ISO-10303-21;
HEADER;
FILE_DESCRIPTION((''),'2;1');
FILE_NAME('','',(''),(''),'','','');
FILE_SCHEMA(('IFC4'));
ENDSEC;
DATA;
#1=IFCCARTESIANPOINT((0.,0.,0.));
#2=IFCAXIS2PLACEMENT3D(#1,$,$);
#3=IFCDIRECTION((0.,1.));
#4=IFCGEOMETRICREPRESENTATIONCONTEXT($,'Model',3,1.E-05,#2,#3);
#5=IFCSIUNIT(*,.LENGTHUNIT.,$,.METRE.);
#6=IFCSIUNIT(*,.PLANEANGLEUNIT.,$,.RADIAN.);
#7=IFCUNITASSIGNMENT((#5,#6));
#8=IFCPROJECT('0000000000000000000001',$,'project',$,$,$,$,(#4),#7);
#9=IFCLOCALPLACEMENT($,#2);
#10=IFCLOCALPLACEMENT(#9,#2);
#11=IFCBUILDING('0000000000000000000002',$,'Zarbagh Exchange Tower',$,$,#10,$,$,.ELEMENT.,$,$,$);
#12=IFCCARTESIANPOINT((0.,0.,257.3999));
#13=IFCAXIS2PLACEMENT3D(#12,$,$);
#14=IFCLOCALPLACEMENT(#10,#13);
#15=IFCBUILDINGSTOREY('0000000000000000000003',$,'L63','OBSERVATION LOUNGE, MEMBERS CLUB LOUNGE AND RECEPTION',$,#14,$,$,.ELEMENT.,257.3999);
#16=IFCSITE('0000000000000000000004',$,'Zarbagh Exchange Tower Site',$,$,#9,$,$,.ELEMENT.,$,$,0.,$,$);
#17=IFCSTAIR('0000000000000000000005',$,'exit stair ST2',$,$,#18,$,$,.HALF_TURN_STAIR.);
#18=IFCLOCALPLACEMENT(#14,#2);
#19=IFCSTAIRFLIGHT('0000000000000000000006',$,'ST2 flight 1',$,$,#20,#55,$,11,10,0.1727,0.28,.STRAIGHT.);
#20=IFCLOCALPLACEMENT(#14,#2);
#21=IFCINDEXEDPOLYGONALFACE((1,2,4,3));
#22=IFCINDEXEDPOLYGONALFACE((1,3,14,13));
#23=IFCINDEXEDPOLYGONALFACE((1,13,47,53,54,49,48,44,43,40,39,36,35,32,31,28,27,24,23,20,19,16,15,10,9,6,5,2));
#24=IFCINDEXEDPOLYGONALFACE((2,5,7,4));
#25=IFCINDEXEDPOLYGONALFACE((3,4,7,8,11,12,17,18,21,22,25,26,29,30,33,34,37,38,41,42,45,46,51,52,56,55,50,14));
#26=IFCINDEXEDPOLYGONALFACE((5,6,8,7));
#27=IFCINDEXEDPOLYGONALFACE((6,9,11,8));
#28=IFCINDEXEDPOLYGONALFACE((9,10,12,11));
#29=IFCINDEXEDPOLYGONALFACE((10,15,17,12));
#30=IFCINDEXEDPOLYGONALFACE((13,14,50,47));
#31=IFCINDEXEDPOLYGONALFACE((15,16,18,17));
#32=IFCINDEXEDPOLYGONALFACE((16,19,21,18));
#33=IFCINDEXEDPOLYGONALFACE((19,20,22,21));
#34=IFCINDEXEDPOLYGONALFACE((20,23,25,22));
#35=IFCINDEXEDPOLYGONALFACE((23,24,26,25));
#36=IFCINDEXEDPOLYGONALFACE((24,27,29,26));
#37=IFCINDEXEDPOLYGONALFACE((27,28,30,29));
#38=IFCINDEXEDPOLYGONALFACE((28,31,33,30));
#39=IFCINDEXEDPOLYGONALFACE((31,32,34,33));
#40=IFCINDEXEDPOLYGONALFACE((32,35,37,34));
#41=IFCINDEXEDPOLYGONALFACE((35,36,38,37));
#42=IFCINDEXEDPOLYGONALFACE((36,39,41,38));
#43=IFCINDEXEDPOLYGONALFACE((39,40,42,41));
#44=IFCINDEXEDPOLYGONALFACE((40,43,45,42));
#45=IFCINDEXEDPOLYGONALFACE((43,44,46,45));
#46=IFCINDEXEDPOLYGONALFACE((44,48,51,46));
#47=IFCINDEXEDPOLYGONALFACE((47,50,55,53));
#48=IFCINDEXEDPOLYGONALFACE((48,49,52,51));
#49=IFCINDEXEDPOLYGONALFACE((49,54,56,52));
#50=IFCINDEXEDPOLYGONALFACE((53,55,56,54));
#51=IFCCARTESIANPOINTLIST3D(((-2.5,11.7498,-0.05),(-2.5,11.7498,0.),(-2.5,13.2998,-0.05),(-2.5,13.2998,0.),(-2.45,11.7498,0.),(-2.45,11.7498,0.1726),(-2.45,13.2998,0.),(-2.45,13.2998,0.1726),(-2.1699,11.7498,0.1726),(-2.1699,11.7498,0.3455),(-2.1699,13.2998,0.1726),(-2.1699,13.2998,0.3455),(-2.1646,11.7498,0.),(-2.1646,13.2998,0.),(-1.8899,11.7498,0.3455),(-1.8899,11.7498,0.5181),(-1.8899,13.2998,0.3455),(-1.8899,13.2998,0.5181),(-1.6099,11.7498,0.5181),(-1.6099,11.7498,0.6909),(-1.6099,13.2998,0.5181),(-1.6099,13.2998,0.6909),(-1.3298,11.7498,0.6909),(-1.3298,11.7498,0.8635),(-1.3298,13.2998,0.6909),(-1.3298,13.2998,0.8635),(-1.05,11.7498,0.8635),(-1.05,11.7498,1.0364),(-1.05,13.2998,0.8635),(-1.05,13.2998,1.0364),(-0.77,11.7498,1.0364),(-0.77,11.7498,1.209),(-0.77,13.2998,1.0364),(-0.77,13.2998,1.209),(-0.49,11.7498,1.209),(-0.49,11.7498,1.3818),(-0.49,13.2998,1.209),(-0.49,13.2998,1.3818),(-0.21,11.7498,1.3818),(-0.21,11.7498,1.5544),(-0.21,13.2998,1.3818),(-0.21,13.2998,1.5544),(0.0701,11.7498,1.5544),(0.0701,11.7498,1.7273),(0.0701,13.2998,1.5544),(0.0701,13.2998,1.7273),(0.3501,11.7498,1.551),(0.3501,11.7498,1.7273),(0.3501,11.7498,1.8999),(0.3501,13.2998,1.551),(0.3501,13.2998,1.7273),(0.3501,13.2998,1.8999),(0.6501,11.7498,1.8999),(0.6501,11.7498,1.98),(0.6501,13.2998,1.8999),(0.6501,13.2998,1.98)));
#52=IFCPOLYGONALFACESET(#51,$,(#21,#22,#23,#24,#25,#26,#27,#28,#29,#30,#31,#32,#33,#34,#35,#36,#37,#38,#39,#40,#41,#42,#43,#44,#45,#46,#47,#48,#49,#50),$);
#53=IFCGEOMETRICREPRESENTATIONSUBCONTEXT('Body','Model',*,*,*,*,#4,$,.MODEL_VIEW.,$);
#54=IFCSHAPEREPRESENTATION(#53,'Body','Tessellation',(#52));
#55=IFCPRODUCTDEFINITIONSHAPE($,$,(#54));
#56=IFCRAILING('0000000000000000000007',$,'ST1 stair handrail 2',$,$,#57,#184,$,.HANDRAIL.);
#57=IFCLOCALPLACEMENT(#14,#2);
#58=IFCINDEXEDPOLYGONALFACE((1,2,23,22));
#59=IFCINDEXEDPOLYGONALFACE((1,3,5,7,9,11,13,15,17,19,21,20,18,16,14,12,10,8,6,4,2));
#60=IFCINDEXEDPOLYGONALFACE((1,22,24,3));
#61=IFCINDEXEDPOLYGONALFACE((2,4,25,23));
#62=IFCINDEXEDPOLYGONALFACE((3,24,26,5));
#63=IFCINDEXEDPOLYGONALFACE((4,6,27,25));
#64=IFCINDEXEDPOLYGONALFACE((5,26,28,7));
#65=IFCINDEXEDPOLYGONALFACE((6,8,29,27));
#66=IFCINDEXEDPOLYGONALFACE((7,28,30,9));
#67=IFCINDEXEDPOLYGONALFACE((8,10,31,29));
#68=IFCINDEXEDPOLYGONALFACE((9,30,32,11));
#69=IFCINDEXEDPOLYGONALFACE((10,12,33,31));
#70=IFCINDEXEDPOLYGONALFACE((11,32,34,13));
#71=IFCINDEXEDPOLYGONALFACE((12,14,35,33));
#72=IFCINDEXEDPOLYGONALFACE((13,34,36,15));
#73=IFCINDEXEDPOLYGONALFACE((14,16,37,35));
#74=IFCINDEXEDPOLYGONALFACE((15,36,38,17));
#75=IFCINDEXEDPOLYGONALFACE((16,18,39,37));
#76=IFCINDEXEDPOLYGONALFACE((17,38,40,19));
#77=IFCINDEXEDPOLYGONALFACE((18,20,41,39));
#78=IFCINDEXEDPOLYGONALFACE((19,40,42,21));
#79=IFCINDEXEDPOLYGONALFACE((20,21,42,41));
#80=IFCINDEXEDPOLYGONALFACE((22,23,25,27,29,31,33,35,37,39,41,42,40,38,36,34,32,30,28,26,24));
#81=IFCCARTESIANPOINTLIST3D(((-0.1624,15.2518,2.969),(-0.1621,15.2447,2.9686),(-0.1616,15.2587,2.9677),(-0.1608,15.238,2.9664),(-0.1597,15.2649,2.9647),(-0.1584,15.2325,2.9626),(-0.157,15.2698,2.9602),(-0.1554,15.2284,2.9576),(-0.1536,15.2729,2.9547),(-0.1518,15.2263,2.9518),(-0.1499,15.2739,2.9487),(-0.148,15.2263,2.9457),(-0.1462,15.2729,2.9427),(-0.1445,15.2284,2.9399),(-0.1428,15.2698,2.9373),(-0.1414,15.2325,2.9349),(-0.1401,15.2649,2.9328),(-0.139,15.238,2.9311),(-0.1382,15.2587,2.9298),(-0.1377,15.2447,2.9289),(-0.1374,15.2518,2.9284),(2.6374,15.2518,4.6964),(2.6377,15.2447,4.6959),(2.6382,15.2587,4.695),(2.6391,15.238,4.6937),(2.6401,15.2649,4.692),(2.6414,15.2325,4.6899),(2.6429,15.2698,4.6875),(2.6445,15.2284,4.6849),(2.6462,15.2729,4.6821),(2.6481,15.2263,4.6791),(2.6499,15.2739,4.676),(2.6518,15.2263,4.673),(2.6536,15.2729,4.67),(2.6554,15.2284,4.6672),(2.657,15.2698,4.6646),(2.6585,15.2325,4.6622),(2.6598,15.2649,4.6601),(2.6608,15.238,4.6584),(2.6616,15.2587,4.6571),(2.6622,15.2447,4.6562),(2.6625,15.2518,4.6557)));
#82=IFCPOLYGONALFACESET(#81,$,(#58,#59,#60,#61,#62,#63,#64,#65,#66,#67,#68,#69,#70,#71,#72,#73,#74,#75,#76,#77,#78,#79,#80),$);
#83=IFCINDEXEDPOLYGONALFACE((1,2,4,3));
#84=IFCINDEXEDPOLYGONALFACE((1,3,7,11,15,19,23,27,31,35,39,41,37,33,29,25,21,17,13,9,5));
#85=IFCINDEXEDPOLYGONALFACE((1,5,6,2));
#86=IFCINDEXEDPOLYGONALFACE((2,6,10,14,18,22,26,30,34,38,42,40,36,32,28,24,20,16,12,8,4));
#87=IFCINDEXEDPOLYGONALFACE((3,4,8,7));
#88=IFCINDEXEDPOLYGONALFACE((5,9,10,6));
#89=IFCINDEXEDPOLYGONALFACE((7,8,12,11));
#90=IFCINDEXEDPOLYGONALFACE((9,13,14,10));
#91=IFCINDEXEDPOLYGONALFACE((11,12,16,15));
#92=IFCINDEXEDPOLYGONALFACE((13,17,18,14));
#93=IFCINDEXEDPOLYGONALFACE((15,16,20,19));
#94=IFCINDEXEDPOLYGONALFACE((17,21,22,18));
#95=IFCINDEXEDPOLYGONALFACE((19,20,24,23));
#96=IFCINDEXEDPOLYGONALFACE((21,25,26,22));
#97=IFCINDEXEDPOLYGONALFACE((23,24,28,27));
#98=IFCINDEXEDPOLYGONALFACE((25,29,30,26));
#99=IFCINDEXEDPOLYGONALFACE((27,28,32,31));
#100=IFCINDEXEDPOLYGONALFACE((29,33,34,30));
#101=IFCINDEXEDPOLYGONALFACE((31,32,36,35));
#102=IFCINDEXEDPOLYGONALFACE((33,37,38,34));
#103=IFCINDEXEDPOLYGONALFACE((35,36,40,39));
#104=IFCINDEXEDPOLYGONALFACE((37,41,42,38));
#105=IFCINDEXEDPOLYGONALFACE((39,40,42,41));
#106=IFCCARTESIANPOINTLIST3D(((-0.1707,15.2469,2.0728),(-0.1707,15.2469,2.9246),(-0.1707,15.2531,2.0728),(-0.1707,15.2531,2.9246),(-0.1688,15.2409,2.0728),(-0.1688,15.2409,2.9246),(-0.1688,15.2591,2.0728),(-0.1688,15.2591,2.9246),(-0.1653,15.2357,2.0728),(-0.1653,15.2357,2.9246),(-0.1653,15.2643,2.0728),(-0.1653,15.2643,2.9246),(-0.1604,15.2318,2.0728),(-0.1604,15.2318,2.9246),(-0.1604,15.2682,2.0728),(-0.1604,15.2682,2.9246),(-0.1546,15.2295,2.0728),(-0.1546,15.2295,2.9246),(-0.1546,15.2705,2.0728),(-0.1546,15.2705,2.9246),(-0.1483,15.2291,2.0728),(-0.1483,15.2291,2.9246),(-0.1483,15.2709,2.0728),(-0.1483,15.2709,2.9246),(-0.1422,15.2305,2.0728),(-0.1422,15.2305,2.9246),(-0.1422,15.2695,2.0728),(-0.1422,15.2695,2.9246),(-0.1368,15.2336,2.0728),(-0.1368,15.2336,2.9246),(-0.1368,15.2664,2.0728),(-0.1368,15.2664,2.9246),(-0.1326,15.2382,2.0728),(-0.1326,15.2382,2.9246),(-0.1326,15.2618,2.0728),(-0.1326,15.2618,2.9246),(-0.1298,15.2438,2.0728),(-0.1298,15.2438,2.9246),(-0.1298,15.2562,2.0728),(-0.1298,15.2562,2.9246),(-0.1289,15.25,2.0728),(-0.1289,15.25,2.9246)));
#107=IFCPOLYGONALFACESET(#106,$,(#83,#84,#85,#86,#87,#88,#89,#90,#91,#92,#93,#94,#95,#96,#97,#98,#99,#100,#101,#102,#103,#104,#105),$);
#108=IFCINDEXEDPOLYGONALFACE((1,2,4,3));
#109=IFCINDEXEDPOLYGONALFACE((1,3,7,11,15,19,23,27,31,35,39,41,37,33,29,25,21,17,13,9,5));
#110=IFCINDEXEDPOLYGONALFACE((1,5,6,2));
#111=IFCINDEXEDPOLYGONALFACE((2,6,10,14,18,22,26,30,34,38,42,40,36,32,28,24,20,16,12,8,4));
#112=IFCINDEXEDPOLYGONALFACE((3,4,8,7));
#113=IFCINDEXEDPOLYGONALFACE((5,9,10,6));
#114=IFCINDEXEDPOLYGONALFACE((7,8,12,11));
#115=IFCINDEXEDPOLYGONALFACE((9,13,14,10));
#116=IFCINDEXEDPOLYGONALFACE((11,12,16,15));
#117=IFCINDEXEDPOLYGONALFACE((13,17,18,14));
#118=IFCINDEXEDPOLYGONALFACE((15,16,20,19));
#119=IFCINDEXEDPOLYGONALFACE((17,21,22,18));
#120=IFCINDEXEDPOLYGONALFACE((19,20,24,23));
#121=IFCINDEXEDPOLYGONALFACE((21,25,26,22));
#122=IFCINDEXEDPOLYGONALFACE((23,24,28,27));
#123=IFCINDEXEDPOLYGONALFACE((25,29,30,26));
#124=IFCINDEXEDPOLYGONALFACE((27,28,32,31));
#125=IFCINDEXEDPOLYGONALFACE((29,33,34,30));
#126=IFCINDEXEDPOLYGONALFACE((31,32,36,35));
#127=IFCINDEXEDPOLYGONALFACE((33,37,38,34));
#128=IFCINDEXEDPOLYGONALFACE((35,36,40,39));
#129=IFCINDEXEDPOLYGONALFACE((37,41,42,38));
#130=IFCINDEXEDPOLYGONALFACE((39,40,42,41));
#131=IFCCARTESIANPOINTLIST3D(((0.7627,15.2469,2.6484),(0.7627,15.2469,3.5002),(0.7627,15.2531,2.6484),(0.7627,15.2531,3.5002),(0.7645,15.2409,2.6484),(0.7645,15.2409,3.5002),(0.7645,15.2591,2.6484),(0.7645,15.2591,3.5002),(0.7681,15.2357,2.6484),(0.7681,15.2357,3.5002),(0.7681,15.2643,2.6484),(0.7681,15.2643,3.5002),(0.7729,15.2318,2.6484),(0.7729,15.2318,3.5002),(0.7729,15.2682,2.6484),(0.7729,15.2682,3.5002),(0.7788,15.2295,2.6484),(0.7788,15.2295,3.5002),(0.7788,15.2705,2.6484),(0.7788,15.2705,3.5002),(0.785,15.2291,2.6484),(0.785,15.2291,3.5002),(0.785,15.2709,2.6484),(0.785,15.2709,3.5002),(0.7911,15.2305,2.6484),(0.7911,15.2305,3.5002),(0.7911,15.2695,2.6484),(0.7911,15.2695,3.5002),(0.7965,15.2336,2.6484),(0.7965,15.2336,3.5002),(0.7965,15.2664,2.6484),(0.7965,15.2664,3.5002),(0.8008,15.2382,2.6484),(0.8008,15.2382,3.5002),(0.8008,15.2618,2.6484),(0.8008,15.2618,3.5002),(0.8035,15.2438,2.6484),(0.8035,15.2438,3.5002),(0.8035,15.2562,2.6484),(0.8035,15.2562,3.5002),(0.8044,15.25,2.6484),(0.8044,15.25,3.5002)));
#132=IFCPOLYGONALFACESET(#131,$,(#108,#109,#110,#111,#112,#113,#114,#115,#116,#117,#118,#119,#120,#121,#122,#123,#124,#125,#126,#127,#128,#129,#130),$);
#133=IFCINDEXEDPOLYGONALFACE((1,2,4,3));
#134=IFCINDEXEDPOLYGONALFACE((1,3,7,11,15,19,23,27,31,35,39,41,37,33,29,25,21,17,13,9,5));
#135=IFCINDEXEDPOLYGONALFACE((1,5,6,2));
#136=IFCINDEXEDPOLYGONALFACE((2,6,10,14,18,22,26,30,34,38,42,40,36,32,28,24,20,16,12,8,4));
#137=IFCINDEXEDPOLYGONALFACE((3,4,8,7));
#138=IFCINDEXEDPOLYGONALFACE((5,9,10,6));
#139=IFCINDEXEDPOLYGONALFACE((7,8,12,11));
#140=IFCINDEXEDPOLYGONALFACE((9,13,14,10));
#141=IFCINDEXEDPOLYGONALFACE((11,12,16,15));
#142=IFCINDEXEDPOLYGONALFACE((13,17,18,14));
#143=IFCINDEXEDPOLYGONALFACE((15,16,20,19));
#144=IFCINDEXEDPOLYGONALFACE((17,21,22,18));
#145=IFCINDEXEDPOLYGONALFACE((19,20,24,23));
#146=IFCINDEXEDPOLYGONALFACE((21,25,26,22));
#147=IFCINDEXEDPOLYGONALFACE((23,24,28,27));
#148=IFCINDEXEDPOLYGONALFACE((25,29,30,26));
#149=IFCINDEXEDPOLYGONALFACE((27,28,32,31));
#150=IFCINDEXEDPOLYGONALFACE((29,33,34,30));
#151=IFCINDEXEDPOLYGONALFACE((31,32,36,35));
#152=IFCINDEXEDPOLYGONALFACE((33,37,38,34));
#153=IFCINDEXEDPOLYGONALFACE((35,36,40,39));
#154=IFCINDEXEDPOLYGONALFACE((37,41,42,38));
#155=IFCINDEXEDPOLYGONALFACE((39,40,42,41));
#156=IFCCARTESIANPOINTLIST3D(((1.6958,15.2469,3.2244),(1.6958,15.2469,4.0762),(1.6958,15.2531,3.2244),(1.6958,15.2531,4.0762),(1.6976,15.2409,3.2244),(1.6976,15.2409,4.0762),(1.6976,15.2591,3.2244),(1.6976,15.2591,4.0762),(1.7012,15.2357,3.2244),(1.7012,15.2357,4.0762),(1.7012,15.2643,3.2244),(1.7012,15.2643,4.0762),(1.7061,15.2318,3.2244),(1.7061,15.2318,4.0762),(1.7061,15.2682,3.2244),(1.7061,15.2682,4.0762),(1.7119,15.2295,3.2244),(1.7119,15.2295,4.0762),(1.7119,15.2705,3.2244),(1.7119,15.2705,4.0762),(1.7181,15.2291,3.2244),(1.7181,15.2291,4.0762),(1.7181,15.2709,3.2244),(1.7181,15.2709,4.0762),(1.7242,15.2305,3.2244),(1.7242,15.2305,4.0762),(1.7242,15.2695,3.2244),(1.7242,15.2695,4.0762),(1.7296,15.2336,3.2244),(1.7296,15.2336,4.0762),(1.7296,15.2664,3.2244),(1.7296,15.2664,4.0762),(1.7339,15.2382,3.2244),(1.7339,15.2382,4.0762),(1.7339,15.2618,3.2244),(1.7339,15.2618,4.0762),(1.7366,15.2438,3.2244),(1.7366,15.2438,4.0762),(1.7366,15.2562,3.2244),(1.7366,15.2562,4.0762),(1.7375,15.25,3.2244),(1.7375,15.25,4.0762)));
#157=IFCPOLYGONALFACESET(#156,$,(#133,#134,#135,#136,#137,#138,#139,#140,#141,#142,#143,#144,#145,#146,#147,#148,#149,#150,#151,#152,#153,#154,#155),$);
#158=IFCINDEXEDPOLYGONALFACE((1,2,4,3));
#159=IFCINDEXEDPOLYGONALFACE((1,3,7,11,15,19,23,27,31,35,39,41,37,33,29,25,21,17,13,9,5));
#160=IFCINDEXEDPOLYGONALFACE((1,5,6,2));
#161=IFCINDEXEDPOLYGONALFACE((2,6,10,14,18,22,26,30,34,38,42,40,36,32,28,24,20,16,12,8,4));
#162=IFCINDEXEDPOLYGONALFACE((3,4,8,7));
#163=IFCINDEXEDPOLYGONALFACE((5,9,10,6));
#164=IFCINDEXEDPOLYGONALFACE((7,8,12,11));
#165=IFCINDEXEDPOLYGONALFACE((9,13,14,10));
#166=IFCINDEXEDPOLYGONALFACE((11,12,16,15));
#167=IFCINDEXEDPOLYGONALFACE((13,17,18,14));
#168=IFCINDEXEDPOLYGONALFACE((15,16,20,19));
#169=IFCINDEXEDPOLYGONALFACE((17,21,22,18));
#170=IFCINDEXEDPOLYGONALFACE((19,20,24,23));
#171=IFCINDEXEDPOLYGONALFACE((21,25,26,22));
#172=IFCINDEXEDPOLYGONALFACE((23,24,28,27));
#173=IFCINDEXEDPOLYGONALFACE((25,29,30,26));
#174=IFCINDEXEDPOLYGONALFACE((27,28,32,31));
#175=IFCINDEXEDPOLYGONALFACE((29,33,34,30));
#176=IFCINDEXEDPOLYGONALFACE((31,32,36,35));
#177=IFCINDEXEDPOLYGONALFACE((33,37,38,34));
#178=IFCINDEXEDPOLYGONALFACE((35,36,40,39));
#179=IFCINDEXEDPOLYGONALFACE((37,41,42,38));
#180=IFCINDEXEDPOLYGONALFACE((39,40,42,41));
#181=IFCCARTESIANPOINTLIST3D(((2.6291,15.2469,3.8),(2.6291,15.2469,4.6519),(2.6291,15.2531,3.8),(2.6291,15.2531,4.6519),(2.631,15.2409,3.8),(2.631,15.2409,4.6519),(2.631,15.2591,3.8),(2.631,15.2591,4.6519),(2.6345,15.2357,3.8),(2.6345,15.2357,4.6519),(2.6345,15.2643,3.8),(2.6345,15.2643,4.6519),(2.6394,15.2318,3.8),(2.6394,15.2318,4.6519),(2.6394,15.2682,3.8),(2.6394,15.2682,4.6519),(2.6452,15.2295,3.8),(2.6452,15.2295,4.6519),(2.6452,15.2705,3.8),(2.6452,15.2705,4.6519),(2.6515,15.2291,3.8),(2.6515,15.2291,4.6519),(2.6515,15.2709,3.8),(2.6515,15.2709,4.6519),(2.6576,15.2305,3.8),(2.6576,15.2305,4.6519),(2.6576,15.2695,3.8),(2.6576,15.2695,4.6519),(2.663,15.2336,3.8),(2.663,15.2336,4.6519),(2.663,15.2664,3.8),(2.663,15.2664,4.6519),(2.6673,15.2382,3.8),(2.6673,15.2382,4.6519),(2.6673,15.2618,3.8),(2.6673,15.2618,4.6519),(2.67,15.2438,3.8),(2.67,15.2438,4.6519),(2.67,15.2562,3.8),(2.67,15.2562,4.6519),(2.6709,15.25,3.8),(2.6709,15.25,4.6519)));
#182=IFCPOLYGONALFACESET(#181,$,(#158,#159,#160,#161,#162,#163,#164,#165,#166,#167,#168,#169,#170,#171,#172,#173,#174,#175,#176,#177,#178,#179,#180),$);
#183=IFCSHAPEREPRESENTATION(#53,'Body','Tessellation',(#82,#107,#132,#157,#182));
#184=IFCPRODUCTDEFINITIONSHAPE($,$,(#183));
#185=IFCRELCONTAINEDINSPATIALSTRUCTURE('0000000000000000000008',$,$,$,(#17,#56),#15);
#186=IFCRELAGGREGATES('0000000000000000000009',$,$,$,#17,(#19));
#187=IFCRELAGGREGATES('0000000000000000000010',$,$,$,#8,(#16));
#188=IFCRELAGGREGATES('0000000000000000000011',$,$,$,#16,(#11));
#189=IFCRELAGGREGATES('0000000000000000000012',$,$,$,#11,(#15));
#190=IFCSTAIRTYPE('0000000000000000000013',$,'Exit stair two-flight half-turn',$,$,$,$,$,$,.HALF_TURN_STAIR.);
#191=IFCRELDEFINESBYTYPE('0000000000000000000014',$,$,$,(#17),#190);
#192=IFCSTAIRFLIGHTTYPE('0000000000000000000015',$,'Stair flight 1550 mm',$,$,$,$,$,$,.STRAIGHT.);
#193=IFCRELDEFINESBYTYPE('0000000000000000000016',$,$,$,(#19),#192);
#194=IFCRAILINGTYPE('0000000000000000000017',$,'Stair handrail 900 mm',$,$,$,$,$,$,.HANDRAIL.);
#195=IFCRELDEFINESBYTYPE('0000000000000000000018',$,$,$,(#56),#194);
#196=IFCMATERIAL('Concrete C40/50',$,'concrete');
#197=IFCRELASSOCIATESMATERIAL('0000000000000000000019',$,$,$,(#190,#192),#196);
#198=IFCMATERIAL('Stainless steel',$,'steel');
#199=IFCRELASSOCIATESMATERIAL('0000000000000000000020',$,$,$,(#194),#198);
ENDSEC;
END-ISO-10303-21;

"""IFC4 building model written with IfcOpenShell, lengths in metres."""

from ifc_helpers import new_model, si_unit, direction, frame, origin, origin_2d, place, context, subcontext, project, spatial, polyline, circle, outline, extrude, material, type_object, element, aggregate, save


model = new_model("IFC4")

# Units and contexts
model_context = context("Model", 3, precision=1e-05, world=origin(), true_north=direction((0.0, 1.0)))
body_context = subcontext(model_context, "Body", "Model", "MODEL_VIEW")
ifc_project = project(units=[si_unit("LENGTHUNIT", "METRE"), si_unit("PLANEANGLEUNIT", "RADIAN")], contexts=[model_context])

# Site, building, storey
site_placement = place(None, origin())
site = spatial("IfcSite", under=ifc_project, at=site_placement, Name="Zarbagh Exchange Tower Site", CompositionType="ELEMENT", RefElevation=0.0)
building_placement = place(site_placement, origin())
building = spatial("IfcBuilding", under=site, at=building_placement, Name="Zarbagh Exchange Tower", CompositionType="ELEMENT")
storey_placement = place(building_placement, frame((0.0, 0.0, 257.3999)))
storey = spatial("IfcBuildingStorey", under=building, at=storey_placement, Name="L63", Description="OBSERVATION LOUNGE, MEMBERS CLUB LOUNGE AND RECEPTION", CompositionType="ELEMENT", Elevation=257.3999)

# Shared definitions
ifc_material_1 = material(Name="Concrete C40/50", Category="concrete")

# Stair, stair flight
stair_type = type_object("IfcStairType", Name="Exit stair two-flight half-turn", PredefinedType="HALF_TURN_STAIR", material=ifc_material_1)
stair_1_placement = place(storey_placement, origin())
stair_1 = element("IfcStair", 1, at=stair_1_placement, inside=storey, type_object=stair_type, Name="exit stair ST2", PredefinedType="HALF_TURN_STAIR")
stair_flight_type_1 = type_object("IfcStairFlightType", Name="Stair flight 1550 mm", PredefinedType="STRAIGHT", material=ifc_material_1)
stair_flight_1_placement = place(storey_placement, frame((-2.45, 12.5249, 0.0), z_axis=(0.0, 0.0, 1.0), x_axis=(1.0, 0.0, 0.0)))
stair_flight_1 = element("IfcStairFlight", 2, at=stair_flight_1_placement, type_object=stair_flight_type_1, Name="ST2 flight 1", NumberOfRisers=11, NumberOfTreads=10, PredefinedType="STRAIGHT", RiserHeight=0.1727, TreadLength=0.28, context=body_context, shape_type="SweptSolid", body=[
    extrude(outline(polyline([(-0.05, -0.05), (-0.05, 0.0), (0.0, 0.0), (0.0, 0.1726), (0.28, 0.1726), (0.28, 0.3455), (0.5601, 0.3455), (0.5601, 0.5181), (0.8401, 0.5181), (0.8401, 0.6909), (1.1201, 0.6909), (1.1201, 0.8635), (1.3999, 0.8635), (1.3999, 1.0364), (1.6799, 1.0364), (1.6799, 1.209), (1.96, 1.209), (1.96, 1.3818), (2.24, 1.3818), (2.24, 1.5544), (2.52, 1.5544), (2.52, 1.7273), (2.8, 1.7273), (2.8, 1.8999), (3.1001, 1.98), (3.1001, 1.8999), (2.8, 1.551), (0.2854, 0.0), (-0.05, -0.05)])), frame((0.0, 0.7749, 0.0), z_axis=(0.0, -1.0, 0.0), x_axis=(1.0, 0.0, 0.0)), (0.0, 0.0, 1.0), 1.55),
])
aggregate(stair_1, [stair_flight_1])

# Railing
ifc_material_2 = material(Name="Stainless steel", Category="steel")
railing_type = type_object("IfcRailingType", Name="Stair handrail 900 mm", PredefinedType="HANDRAIL", material=ifc_material_2)
railing_1_placement = place(storey_placement, frame((-0.1499, 15.25, 2.0728)))
element("IfcRailing", 3, at=railing_1_placement, inside=storey, type_object=railing_type, Name="ST1 stair handrail 2", PredefinedType="HANDRAIL", context=body_context, shape_type="SweptSolid", body=[
    extrude(circle(Radius=0.0239, at=origin_2d()), frame((0.0, 0.0, 0.876), z_axis=(0.851069, 0.0, 0.525054), x_axis=(0.0, 1.0, 0.0)), (0.0, 0.0, 1.0), 3.2898),
    extrude(circle(Radius=0.021, at=origin_2d()), origin(), (0.0, 0.0, 1.0), 0.8518),
    extrude(circle(Radius=0.021, at=origin_2d()), frame((0.9333, 0.0, 0.5757)), (0.0, 0.0, 1.0), 0.8518),
    extrude(circle(Radius=0.021, at=origin_2d()), frame((1.8665, 0.0, 1.1516)), (0.0, 0.0, 1.0), 0.8518),
    extrude(circle(Radius=0.021, at=origin_2d()), frame((2.7998, 0.0, 1.7273)), (0.0, 0.0, 1.0), 0.8518),
])

save(model, "model.ifc")
